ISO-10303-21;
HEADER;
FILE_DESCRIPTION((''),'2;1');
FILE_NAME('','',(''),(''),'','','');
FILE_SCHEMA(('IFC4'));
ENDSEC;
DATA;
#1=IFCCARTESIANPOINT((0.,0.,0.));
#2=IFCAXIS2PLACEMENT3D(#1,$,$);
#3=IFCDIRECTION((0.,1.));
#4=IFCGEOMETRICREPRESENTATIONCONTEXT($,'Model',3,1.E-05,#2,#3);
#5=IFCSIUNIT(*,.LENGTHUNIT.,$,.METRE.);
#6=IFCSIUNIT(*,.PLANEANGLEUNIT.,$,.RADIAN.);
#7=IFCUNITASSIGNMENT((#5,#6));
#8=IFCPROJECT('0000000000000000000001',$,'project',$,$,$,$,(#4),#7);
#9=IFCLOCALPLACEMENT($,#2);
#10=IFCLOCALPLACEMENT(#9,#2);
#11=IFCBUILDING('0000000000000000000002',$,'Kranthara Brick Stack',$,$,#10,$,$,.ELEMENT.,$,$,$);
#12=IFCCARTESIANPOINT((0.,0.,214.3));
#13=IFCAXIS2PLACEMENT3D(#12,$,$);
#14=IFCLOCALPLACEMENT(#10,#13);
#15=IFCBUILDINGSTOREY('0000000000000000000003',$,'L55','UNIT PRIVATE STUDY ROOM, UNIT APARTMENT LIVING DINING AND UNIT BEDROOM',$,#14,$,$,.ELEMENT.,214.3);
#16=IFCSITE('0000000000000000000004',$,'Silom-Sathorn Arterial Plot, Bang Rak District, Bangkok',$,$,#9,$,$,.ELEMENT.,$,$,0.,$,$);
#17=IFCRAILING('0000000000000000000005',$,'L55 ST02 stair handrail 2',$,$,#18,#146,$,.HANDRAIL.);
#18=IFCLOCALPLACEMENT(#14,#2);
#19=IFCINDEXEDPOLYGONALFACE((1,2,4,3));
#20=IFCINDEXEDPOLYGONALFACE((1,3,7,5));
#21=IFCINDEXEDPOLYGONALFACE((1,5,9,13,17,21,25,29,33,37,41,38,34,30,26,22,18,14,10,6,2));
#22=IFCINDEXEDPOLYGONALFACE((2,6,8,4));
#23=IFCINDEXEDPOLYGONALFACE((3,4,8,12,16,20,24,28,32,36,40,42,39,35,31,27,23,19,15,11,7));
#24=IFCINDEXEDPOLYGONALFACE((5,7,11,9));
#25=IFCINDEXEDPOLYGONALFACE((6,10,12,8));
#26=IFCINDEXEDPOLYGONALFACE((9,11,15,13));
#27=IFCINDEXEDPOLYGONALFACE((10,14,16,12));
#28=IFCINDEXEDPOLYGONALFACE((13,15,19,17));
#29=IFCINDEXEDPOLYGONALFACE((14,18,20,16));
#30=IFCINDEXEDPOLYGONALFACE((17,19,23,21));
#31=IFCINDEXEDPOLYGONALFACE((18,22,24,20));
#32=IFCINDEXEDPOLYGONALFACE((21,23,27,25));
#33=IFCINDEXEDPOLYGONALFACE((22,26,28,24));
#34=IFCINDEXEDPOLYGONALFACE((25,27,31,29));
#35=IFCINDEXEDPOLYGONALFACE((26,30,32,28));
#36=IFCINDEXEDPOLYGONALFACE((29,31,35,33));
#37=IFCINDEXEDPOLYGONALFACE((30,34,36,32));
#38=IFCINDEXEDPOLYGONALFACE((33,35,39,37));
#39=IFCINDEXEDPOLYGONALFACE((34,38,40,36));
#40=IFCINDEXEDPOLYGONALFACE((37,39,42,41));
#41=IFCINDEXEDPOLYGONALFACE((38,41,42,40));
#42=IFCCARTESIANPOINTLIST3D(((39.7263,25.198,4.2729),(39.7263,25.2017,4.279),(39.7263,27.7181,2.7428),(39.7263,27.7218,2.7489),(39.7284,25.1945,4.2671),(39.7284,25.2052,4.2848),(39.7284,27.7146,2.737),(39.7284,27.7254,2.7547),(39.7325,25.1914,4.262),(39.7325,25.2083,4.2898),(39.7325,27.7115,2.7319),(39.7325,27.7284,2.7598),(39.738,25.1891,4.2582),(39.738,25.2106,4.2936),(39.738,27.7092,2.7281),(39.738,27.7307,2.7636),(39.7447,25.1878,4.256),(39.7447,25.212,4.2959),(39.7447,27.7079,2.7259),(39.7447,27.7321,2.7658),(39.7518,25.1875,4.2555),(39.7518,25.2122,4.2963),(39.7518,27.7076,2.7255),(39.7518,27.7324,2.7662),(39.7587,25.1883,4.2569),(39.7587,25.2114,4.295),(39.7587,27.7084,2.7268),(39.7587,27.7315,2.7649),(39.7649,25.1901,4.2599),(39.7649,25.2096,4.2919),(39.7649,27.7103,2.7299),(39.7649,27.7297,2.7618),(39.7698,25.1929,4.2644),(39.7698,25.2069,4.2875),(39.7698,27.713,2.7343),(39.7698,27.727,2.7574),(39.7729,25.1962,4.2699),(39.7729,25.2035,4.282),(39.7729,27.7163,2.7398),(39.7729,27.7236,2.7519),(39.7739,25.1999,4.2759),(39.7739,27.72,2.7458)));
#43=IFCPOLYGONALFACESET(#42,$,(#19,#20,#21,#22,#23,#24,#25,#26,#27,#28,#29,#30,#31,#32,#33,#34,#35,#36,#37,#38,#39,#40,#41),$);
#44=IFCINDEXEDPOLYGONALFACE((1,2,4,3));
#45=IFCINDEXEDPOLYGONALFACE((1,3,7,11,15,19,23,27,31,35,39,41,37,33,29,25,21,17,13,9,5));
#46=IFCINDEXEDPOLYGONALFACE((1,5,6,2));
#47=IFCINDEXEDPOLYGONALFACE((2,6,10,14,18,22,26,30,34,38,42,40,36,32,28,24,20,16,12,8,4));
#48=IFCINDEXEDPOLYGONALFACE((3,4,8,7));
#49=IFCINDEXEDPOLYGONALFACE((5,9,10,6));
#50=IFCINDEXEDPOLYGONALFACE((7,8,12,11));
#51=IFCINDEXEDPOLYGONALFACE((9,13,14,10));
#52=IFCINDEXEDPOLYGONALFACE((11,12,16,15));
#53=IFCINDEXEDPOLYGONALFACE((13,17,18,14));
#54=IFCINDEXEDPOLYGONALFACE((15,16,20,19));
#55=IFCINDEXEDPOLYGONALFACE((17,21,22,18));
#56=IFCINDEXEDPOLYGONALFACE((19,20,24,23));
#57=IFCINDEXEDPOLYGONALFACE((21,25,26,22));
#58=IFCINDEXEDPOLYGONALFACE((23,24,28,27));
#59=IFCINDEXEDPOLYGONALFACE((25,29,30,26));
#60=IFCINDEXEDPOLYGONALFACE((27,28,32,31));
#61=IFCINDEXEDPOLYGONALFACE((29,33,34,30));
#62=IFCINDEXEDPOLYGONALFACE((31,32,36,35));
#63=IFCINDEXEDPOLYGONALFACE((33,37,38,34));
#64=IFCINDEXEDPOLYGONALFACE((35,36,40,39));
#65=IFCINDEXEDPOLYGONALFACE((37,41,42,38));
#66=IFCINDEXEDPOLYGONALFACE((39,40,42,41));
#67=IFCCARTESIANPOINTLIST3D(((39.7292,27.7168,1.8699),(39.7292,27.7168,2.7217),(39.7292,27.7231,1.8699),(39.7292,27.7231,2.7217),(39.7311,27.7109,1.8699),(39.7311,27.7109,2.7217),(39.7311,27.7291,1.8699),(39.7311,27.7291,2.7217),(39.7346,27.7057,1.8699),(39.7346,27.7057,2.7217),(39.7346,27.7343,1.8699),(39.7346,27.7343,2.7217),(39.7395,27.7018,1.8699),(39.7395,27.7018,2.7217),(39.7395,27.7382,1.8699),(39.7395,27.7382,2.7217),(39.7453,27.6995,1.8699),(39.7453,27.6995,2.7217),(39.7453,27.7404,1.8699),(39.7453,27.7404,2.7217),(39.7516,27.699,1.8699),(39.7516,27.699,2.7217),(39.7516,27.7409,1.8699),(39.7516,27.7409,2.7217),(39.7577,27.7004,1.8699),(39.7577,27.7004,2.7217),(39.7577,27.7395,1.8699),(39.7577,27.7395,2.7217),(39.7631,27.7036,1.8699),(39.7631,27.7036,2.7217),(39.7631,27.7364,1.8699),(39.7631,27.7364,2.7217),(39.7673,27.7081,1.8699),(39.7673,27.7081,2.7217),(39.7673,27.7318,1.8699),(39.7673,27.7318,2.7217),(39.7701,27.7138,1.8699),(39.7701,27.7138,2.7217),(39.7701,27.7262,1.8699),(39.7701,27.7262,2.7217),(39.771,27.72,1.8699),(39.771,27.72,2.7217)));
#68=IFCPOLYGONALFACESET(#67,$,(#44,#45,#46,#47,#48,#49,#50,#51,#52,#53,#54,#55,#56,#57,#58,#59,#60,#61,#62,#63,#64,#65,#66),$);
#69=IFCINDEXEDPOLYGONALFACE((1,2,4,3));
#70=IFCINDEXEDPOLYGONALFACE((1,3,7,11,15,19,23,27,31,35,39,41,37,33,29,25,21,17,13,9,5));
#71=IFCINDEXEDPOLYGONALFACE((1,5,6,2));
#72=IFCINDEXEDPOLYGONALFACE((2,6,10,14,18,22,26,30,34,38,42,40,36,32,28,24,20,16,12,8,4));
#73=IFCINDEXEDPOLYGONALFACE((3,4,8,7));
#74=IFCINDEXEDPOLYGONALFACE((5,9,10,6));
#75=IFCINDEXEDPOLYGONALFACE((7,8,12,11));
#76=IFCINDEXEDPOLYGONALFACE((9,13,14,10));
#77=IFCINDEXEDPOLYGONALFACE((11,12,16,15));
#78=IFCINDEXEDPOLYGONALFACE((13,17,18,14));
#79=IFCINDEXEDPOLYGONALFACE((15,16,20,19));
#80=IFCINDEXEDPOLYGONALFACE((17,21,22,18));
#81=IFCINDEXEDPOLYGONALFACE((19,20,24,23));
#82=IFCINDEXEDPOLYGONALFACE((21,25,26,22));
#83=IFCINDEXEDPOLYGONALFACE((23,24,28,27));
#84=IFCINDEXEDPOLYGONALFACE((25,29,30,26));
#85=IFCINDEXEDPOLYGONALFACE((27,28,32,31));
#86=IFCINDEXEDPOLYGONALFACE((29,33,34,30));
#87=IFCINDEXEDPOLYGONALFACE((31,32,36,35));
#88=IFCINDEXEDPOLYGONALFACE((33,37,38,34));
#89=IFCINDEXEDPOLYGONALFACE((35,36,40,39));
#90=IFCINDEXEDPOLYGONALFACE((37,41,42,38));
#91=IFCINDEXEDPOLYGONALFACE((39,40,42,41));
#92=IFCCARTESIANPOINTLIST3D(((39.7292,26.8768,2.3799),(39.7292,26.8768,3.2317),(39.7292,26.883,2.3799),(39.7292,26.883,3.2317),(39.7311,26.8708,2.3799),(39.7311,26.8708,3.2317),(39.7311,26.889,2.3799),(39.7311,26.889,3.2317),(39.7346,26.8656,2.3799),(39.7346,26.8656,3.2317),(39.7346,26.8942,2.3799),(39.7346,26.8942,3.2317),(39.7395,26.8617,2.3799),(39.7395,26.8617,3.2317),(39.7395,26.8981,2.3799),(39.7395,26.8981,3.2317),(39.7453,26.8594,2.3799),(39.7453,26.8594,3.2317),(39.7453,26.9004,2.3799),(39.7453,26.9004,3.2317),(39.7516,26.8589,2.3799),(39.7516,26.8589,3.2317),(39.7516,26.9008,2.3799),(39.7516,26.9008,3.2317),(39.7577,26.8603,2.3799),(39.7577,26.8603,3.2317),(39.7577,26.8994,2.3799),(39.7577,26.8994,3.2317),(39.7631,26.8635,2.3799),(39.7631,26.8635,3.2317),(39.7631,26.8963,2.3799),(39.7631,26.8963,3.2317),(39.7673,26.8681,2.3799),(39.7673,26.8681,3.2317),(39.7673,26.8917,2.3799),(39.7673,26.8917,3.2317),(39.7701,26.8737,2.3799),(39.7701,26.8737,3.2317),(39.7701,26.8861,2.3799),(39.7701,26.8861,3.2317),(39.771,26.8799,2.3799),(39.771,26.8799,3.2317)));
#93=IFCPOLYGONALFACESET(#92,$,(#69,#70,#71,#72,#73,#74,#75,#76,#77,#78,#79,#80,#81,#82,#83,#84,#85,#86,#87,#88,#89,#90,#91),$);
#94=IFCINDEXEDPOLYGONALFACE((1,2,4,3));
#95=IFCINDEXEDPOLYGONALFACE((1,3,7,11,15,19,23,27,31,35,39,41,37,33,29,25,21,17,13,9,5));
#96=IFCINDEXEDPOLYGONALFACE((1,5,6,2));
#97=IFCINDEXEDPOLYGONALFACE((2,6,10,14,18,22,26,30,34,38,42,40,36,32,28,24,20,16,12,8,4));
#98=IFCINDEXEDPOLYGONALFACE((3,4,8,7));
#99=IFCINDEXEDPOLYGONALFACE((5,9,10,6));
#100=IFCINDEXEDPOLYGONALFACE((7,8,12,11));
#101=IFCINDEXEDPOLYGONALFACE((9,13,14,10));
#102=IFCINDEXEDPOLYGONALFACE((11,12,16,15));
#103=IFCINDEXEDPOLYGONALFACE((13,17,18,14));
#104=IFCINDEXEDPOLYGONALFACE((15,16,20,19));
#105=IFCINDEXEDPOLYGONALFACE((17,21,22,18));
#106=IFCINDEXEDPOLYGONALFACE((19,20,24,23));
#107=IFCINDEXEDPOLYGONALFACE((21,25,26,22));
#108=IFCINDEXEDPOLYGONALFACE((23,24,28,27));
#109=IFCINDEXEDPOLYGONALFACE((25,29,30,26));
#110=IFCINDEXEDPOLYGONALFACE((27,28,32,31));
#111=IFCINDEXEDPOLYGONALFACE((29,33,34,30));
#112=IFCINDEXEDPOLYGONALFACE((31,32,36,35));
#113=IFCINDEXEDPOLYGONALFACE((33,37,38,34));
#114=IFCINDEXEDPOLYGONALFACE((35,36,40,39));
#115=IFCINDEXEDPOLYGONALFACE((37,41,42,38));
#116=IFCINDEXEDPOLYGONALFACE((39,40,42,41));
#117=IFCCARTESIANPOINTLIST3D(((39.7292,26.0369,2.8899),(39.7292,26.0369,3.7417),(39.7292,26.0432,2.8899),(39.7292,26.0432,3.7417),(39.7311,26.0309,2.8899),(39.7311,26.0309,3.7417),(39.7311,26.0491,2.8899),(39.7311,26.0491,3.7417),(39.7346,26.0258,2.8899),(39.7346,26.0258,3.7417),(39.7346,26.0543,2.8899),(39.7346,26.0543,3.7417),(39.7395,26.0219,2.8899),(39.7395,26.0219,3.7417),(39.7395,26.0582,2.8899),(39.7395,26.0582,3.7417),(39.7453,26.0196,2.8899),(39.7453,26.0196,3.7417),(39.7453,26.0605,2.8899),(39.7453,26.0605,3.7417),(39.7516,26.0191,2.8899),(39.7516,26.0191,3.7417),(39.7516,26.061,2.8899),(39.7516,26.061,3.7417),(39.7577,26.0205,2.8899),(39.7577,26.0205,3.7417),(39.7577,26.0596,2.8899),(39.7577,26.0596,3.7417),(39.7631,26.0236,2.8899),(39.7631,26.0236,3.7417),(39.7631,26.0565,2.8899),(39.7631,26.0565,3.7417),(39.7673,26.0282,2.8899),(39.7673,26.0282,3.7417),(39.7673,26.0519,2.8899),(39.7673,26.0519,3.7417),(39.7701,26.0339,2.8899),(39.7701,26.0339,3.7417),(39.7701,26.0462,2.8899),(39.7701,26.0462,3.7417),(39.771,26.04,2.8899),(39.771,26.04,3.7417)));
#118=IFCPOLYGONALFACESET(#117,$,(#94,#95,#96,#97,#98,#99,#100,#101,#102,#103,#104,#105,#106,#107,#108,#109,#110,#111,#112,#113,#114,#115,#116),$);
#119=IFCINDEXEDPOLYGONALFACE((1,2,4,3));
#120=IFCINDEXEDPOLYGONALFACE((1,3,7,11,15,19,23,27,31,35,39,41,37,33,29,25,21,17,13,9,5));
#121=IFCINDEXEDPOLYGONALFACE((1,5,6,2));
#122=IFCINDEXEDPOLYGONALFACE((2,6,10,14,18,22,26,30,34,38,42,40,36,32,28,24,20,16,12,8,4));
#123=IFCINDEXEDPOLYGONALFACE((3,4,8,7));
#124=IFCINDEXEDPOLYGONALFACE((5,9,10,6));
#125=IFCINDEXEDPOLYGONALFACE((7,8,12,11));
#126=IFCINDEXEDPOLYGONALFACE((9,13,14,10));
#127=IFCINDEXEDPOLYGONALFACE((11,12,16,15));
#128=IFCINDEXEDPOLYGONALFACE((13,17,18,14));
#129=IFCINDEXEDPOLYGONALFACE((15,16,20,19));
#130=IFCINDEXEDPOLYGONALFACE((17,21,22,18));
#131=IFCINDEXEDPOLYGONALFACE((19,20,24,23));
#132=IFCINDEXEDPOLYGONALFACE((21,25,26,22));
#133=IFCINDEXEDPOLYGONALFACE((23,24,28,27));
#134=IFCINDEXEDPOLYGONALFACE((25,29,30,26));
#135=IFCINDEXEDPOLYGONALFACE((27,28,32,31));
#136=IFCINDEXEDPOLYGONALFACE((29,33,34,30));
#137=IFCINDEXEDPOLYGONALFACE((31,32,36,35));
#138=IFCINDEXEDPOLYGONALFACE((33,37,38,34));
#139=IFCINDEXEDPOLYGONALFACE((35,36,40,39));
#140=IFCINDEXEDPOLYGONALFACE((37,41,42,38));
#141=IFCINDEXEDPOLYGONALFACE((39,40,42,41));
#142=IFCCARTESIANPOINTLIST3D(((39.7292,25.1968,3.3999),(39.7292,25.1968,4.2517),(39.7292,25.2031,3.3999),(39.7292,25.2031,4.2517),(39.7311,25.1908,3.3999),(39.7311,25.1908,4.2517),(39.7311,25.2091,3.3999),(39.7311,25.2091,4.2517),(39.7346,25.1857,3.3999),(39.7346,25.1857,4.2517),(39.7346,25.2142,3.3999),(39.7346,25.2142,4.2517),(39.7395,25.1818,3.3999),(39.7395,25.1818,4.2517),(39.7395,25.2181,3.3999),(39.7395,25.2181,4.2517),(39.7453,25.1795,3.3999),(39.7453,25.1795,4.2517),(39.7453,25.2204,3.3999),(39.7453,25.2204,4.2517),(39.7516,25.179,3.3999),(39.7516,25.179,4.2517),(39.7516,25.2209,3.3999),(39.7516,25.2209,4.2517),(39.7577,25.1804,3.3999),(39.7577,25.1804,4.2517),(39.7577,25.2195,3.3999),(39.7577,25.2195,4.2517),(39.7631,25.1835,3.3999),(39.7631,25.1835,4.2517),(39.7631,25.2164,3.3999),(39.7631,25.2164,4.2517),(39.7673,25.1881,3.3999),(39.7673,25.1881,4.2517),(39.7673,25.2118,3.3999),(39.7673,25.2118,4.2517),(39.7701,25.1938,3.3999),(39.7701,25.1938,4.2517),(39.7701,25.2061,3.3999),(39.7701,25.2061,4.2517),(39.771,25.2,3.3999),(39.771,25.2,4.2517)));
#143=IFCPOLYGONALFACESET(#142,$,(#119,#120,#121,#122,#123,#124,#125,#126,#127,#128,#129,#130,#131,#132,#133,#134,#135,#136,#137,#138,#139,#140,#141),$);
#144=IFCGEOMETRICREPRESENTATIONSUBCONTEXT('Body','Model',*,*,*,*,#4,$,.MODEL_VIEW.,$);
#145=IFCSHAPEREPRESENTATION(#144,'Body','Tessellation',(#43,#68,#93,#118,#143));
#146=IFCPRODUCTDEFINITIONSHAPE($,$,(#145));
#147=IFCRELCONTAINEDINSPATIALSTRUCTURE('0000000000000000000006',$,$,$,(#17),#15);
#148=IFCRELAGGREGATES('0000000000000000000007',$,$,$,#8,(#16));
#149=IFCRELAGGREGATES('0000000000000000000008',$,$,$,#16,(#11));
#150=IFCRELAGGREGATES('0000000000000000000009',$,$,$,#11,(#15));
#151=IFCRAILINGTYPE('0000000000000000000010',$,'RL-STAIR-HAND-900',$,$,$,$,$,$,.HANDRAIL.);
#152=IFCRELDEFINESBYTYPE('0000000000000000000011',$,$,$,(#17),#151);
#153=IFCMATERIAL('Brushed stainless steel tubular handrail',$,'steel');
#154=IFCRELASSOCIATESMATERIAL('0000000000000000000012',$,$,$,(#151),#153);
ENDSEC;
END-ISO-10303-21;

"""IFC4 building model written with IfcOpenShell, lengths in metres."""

from ifc_helpers import new_model, si_unit, direction, frame, origin, origin_2d, place, context, subcontext, project, spatial, circle, extrude, material, type_object, element, save


model = new_model("IFC4")

# Units and contexts
model_context = context("Model", 3, precision=1e-05, world=origin(), true_north=direction((0.0, 1.0)))
body_context = subcontext(model_context, "Body", "Model", "MODEL_VIEW")
ifc_project = project(units=[si_unit("LENGTHUNIT", "METRE"), si_unit("PLANEANGLEUNIT", "RADIAN")], contexts=[model_context])

# Site, building, storey
site_placement = place(None, origin())
site = spatial("IfcSite", under=ifc_project, at=site_placement, Name="Silom-Sathorn Arterial Plot, Bang Rak District, Bangkok", CompositionType="ELEMENT", RefElevation=0.0)
building_placement = place(site_placement, origin())
building = spatial("IfcBuilding", under=site, at=building_placement, Name="Kranthara Brick Stack", CompositionType="ELEMENT")
storey_placement = place(building_placement, frame((0.0, 0.0, 214.3)))
storey = spatial("IfcBuildingStorey", under=building, at=storey_placement, Name="L55", Description="UNIT PRIVATE STUDY ROOM, UNIT APARTMENT LIVING DINING AND UNIT BEDROOM", CompositionType="ELEMENT", Elevation=214.3)

# Railing
ifc_material_1 = material(Name="Brushed stainless steel tubular handrail", Category="steel")
railing_type_1 = type_object("IfcRailingType", Name="RL-STAIR-HAND-900", PredefinedType="HANDRAIL", material=ifc_material_1)
railing_1_placement = place(storey_placement, frame((39.75, 27.72, 1.8699)))
element("IfcRailing", 1, at=railing_1_placement, inside=storey, type_object=railing_type_1, Name="L55 ST02 stair handrail 2", PredefinedType="HANDRAIL", context=body_context, shape_type="SweptSolid", body=[
    extrude(circle(Radius=0.0239, at=origin_2d()), frame((0.0, 0.0, 0.876), z_axis=(0.0, -0.854785, 0.518982), x_axis=(1.0, 0.0, 0.0)), (0.0, 0.0, 1.0), 2.9482),
    extrude(circle(Radius=0.021, at=origin_2d()), origin(), (0.0, 0.0, 1.0), 0.8518),
    extrude(circle(Radius=0.021, at=origin_2d()), frame((0.0, -0.8401, 0.51)), (0.0, 0.0, 1.0), 0.8518),
    extrude(circle(Radius=0.021, at=origin_2d()), frame((0.0, -1.6799, 1.02)), (0.0, 0.0, 1.0), 0.8518),
    extrude(circle(Radius=0.021, at=origin_2d()), frame((0.0, -2.52, 1.53)), (0.0, 0.0, 1.0), 0.8518),
])

save(model, "model.ifc")
